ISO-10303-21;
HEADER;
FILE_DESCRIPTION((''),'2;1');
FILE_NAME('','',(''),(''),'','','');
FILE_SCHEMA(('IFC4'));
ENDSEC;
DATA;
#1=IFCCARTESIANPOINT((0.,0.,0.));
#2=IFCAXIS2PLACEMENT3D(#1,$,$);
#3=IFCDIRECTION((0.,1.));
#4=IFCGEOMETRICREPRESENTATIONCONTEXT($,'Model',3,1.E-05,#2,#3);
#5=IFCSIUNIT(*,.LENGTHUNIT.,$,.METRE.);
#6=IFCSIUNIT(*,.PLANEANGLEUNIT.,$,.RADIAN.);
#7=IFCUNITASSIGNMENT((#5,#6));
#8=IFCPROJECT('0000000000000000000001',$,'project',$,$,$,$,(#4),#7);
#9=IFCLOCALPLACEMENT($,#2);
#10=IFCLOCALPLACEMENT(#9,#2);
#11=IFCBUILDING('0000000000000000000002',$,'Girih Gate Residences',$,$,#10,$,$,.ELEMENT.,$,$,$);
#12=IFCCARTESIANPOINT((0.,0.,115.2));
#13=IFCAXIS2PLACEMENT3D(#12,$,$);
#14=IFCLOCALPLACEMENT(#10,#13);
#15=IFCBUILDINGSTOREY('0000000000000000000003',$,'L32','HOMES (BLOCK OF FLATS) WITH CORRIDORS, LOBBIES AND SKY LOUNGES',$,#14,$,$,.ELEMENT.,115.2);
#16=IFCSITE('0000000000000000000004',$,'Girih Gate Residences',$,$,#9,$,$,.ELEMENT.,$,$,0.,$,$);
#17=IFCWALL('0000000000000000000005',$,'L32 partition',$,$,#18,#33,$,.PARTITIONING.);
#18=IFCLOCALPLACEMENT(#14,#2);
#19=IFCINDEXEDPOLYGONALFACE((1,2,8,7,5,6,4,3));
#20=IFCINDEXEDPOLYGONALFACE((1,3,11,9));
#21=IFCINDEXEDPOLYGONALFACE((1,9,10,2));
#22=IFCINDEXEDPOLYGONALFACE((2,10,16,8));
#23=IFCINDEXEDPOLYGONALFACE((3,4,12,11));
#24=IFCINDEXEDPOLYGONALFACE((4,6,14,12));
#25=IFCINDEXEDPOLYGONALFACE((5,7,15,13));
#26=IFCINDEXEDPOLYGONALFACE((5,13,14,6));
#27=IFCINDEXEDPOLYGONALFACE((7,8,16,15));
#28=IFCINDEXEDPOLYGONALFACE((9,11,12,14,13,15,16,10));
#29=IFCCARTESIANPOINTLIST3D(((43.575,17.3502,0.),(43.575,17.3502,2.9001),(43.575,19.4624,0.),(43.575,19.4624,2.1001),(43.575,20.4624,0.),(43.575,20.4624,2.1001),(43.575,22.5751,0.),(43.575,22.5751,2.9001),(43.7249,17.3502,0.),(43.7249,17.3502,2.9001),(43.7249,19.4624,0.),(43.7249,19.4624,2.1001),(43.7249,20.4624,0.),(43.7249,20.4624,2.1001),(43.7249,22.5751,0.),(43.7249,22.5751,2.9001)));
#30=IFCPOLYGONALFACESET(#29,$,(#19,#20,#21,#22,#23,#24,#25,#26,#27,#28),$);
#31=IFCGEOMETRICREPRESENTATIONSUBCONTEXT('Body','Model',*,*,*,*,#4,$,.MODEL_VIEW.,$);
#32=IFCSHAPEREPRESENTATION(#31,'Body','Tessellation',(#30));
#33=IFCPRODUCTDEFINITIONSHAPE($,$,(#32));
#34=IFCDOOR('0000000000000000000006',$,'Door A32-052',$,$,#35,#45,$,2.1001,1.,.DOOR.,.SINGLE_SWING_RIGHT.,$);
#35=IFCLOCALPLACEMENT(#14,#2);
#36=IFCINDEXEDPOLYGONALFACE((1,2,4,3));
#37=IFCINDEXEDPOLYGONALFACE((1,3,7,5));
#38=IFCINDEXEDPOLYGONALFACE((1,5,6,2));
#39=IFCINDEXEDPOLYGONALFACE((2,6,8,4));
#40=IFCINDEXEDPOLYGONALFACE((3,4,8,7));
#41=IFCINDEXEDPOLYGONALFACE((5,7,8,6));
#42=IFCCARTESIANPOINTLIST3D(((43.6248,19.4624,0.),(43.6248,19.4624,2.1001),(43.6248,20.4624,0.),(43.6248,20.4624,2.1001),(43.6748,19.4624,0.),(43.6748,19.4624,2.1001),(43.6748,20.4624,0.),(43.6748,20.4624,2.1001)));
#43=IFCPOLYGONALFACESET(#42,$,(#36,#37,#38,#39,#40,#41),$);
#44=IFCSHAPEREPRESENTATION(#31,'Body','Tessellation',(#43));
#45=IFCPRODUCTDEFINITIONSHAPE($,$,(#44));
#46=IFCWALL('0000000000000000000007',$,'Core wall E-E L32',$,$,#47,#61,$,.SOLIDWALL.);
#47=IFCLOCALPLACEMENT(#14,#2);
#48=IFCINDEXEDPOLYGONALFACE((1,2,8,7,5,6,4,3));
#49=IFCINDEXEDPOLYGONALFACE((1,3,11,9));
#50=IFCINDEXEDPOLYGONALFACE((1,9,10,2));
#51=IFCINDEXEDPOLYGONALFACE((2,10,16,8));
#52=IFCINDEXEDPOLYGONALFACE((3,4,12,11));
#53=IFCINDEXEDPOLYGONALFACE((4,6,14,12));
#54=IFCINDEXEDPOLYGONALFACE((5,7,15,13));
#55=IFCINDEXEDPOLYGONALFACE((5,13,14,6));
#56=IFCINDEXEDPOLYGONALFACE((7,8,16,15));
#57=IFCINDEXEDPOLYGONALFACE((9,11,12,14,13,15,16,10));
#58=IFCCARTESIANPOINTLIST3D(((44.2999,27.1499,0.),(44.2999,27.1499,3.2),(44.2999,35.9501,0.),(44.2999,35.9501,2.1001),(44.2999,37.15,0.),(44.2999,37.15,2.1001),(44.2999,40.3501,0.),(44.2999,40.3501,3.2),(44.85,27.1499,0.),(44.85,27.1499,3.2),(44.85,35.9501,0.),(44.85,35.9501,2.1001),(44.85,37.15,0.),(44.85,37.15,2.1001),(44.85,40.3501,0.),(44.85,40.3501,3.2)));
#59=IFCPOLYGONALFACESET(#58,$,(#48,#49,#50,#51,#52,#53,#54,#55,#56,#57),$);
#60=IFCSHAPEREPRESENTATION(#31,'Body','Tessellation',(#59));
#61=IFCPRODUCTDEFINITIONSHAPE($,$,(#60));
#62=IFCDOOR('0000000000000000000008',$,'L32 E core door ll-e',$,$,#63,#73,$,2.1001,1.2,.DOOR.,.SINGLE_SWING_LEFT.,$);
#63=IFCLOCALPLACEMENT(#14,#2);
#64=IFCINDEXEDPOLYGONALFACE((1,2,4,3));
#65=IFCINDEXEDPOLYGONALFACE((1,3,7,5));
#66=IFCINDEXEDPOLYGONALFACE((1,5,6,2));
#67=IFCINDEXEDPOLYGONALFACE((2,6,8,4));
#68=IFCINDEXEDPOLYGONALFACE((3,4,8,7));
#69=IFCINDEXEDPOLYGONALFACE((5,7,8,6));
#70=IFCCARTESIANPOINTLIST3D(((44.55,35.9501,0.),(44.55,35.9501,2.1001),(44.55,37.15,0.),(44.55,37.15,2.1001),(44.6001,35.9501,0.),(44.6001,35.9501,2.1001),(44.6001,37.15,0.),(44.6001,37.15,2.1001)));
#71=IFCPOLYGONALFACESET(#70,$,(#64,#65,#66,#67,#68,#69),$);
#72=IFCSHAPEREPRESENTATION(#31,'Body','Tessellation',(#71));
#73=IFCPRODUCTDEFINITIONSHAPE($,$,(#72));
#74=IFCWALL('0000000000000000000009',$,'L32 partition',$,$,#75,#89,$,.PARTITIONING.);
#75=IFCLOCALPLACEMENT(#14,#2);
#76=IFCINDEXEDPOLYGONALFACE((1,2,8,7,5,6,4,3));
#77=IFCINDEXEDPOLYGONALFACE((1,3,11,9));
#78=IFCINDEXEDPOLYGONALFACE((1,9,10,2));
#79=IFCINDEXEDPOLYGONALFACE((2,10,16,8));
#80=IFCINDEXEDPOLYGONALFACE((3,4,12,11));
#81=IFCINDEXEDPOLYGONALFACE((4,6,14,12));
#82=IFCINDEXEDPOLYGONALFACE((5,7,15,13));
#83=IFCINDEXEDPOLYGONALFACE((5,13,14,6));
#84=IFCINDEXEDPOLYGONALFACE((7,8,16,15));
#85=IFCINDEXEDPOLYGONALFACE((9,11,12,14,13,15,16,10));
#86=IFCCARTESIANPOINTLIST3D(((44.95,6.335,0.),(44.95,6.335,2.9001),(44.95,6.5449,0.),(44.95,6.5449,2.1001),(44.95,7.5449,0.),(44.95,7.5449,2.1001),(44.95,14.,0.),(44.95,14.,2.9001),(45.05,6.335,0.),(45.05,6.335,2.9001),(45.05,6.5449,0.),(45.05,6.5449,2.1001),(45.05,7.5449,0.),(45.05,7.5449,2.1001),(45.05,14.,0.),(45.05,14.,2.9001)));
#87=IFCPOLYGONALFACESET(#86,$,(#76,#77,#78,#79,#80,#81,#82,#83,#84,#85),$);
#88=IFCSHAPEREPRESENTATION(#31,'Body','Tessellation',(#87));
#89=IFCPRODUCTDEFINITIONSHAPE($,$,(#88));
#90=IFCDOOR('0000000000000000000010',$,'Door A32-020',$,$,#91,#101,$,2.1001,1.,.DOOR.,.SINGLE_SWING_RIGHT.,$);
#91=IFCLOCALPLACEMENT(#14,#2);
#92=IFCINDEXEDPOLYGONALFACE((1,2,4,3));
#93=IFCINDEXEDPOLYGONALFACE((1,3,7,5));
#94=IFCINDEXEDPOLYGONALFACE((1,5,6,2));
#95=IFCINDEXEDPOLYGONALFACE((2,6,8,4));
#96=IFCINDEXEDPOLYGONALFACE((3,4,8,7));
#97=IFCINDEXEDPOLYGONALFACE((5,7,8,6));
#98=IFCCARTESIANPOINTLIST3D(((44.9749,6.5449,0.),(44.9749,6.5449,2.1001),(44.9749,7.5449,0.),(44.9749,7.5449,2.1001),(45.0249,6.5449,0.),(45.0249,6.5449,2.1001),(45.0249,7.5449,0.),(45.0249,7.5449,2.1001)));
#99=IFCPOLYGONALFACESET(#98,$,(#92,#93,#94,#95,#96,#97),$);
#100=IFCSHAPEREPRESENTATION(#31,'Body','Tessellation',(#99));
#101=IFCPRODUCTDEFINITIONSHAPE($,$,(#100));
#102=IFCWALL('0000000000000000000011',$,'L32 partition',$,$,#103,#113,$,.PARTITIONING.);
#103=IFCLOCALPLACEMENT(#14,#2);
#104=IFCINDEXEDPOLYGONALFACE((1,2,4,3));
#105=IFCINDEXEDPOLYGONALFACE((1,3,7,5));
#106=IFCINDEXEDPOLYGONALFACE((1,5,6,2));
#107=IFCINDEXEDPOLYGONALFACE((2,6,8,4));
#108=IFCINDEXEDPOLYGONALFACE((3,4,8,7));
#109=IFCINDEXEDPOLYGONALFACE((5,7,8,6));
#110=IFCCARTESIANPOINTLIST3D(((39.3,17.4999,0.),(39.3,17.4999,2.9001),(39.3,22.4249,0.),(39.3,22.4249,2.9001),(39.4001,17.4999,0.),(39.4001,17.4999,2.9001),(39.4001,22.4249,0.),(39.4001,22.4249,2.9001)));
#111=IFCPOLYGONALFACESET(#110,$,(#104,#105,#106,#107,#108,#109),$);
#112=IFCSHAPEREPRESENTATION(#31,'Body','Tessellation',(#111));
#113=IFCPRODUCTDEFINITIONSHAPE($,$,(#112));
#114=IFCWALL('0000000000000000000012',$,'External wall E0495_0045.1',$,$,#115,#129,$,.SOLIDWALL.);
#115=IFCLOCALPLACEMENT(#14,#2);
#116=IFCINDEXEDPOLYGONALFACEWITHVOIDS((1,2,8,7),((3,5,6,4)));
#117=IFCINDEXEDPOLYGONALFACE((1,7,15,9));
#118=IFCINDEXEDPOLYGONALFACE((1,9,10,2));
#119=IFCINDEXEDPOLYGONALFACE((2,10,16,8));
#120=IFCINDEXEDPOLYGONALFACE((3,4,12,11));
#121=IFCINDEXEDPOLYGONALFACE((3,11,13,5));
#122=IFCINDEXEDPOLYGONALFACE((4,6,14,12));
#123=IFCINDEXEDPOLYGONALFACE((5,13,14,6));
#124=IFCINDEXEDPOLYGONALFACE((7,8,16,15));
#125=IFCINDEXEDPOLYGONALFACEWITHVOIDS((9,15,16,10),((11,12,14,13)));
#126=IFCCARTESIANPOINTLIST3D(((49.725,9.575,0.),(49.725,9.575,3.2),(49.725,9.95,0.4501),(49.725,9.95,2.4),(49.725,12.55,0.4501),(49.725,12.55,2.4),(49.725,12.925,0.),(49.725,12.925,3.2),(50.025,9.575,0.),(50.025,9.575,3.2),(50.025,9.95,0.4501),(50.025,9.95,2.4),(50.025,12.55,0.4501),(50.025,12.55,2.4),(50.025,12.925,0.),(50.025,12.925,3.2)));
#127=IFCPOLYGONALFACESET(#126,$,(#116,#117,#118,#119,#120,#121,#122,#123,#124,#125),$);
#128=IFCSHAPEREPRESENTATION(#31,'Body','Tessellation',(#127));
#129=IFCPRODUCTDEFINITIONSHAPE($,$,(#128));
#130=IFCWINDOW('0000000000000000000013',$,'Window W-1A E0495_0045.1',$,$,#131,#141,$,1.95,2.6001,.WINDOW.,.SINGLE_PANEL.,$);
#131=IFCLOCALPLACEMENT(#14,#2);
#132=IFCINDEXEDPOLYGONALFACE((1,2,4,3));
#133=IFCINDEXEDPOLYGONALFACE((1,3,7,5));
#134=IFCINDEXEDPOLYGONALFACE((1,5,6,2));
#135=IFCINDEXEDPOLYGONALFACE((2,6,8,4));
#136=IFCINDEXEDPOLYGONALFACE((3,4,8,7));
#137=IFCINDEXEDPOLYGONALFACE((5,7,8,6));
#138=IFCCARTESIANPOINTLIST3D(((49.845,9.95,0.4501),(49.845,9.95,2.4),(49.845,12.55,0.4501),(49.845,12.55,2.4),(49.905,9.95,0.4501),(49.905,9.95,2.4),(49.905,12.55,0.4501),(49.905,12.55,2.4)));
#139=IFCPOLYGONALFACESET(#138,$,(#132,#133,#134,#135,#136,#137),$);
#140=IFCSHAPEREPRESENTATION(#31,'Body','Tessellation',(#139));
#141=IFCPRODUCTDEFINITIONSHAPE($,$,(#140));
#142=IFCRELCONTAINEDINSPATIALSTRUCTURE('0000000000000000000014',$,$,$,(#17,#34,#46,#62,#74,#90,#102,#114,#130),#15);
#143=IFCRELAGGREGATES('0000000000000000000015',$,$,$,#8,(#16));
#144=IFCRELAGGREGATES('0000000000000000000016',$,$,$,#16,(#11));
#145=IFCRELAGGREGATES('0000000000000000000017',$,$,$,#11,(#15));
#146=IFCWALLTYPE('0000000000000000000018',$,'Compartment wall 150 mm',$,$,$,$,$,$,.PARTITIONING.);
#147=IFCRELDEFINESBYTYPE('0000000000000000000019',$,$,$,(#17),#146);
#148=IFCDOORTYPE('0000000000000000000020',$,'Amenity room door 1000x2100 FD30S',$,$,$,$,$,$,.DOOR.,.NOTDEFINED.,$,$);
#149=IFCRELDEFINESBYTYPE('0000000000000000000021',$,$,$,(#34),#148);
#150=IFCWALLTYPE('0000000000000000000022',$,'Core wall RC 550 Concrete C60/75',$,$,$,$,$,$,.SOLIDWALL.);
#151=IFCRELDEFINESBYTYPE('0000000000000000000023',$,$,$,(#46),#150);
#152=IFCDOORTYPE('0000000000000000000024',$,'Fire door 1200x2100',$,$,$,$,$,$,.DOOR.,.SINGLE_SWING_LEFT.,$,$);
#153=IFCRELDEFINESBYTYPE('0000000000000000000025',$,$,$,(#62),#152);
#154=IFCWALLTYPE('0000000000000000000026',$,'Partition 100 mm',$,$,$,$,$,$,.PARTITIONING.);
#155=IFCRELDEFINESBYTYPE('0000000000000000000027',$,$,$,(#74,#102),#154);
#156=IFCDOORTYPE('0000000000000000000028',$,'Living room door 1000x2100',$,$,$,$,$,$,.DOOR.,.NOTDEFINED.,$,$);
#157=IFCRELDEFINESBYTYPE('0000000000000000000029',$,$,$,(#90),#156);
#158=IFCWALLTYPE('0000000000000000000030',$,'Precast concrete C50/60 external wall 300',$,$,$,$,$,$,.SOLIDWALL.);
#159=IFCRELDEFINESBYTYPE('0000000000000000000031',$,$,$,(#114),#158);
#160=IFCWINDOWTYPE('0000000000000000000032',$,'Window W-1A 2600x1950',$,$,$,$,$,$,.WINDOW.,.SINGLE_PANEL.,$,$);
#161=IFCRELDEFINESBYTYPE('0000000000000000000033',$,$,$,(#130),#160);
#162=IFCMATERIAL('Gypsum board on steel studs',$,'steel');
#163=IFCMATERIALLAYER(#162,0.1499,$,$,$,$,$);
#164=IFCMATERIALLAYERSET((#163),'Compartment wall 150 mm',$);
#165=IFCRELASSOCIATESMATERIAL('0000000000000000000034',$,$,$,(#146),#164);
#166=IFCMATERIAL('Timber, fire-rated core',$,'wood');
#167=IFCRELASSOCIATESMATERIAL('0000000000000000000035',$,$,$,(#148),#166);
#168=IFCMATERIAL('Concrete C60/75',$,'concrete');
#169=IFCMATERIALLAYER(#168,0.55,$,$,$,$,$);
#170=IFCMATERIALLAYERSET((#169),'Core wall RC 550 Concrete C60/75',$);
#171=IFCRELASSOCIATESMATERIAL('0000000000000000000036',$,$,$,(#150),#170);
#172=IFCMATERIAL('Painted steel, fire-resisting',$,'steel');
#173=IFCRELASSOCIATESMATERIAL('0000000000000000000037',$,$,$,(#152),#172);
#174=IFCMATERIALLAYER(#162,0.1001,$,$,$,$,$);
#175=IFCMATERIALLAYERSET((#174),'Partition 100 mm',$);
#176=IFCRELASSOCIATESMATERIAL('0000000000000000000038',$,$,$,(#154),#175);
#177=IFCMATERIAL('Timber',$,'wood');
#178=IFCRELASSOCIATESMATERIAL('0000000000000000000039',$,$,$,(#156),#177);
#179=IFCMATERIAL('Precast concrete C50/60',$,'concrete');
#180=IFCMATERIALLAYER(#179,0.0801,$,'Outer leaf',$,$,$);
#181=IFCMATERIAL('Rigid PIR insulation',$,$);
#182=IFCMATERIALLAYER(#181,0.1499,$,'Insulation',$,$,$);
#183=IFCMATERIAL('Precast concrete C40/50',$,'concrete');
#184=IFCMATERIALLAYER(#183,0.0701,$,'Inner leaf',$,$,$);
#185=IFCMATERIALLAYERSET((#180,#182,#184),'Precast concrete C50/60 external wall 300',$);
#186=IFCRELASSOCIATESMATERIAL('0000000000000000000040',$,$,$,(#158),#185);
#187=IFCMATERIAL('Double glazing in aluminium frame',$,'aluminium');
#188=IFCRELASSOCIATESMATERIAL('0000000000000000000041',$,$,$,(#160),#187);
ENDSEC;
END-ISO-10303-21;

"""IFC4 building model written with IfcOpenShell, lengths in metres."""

from ifc_helpers import new_model, si_unit, direction, frame, frame_2d, origin, place, context, subcontext, project, spatial, rectangle, extrude, material, layer, layer_set, type_object, element, fill, save


model = new_model("IFC4")

# Units and contexts
model_context = context("Model", 3, precision=1e-05, world=origin(), true_north=direction((0.0, 1.0)))
body_context = subcontext(model_context, "Body", "Model", "MODEL_VIEW")
ifc_project = project(units=[si_unit("LENGTHUNIT", "METRE"), si_unit("PLANEANGLEUNIT", "RADIAN")], contexts=[model_context])

# Site, building, storey
site_placement = place(None, origin())
site = spatial("IfcSite", under=ifc_project, at=site_placement, Name="Girih Gate Residences", CompositionType="ELEMENT", RefElevation=0.0)
building_placement = place(site_placement, origin())
building = spatial("IfcBuilding", under=site, at=building_placement, Name="Girih Gate Residences", CompositionType="ELEMENT")
storey_placement = place(building_placement, frame((0.0, 0.0, 115.2)))
storey = spatial("IfcBuildingStorey", under=building, at=storey_placement, Name="L32", Description="HOMES (BLOCK OF FLATS) WITH CORRIDORS, LOBBIES AND SKY LOUNGES", CompositionType="ELEMENT", Elevation=115.2)

# Shared definitions
ifc_material_1 = material(Name="Concrete C60/75", Category="concrete")

# Shared definitions
ifc_material_2 = material(Name="Gypsum board on steel studs", Category="steel")
ifc_layer_1 = layer(ifc_material_2, 0.1499)
ifc_layer_set_1 = layer_set([ifc_layer_1], Name="Compartment wall 150 mm")
wall_type_1 = type_object("IfcWallType", Name="Compartment wall 150 mm", PredefinedType="PARTITIONING", material=ifc_layer_set_1)

# Shared definitions
ifc_material_3 = material(Name="Timber, fire-rated core", Category="wood")

# Walls, openings, doors
wall_1_placement = place(storey_placement, frame((43.6499, 22.575, 0.0), z_axis=(0.0, 0.0, 1.0), x_axis=(0.0, -1.0, 0.0)))
wall_1 = element("IfcWall", 1, at=wall_1_placement, inside=storey, type_object=wall_type_1, Name="L32 partition", PredefinedType="PARTITIONING", context=body_context, shape_type="SweptSolid", body=[
    extrude(rectangle(XDim=5.2249, YDim=0.1499, at=frame_2d((2.6123, 0.0))), origin(), (0.0, 0.0, 1.0), 2.9001),
])
opening_1_placement = place(wall_1_placement, frame((2.1125, 0.0, 0.0)))
opening_1 = element("IfcOpeningElement", 2, at=opening_1_placement, cuts=wall_1, PredefinedType="OPENING", context=body_context, shape_type="SweptSolid", body=[
    extrude(rectangle(XDim=1.0, YDim=2.1001, at=frame_2d((0.5, 1.05))), frame((0.0, 0.085, 0.0), z_axis=(0.0, -1.0, 0.0), x_axis=(1.0, 0.0, 0.0)), (0.0, 0.0, 1.0), 0.1699),
])
door_type_1 = type_object("IfcDoorType", Name="Amenity room door 1000x2100 FD30S", OperationType="NOTDEFINED", PredefinedType="DOOR", material=ifc_material_3)
door_1_placement = place(opening_1_placement, origin())
door_1 = element("IfcDoor", 3, at=door_1_placement, inside=storey, type_object=door_type_1, Name="Door A32-052", OperationType="SINGLE_SWING_RIGHT", OverallHeight=2.1001, OverallWidth=1.0, PredefinedType="DOOR", context=body_context, shape_type="SweptSolid", body=[
    extrude(rectangle(XDim=1.0, YDim=2.1001, at=frame_2d((0.5, 1.05))), frame((0.0, 0.0249, 0.0), z_axis=(0.0, -1.0, 0.0), x_axis=(1.0, 0.0, 0.0)), (0.0, 0.0, 1.0), 0.05),
])
fill(opening_1, door_1)
ifc_layer_2 = layer(ifc_material_1, 0.55)
ifc_layer_set_2 = layer_set([ifc_layer_2], Name="Core wall RC 550 Concrete C60/75")
wall_type_2 = type_object("IfcWallType", Name="Core wall RC 550 Concrete C60/75", PredefinedType="SOLIDWALL", material=ifc_layer_set_2)
wall_2_placement = place(storey_placement, frame((44.575, 27.1499, 0.0), z_axis=(0.0, 0.0, 1.0), x_axis=(0.0, 1.0, 0.0)))
wall_2 = element("IfcWall", 4, at=wall_2_placement, inside=storey, type_object=wall_type_2, Name="Core wall E-E L32", PredefinedType="SOLIDWALL", context=body_context, shape_type="SweptSolid", body=[
    extrude(rectangle(XDim=13.2002, YDim=0.55, at=frame_2d((6.6001, 0.0))), origin(), (0.0, 0.0, 1.0), 3.2),
])
opening_2_placement = place(wall_2_placement, frame((8.8, 0.0, 0.0)))
opening_2 = element("IfcOpeningElement", 5, at=opening_2_placement, cuts=wall_2, PredefinedType="OPENING", context=body_context, shape_type="SweptSolid", body=[
    extrude(rectangle(XDim=1.2, YDim=2.1001, at=frame_2d((0.6001, 1.05))), frame((0.0, 0.2849, 0.0), z_axis=(0.0, -1.0, 0.0), x_axis=(1.0, 0.0, 0.0)), (0.0, 0.0, 1.0), 0.5701),
])
ifc_material_4 = material(Name="Painted steel, fire-resisting", Category="steel")
door_type_2 = type_object("IfcDoorType", Name="Fire door 1200x2100", OperationType="SINGLE_SWING_LEFT", PredefinedType="DOOR", material=ifc_material_4)
door_2_placement = place(opening_2_placement, origin())
door_2 = element("IfcDoor", 6, at=door_2_placement, inside=storey, type_object=door_type_2, Name="L32 E core door ll-e", OperationType="SINGLE_SWING_LEFT", OverallHeight=2.1001, OverallWidth=1.2, PredefinedType="DOOR", context=body_context, shape_type="SweptSolid", body=[
    extrude(rectangle(XDim=1.2, YDim=2.1001, at=frame_2d((0.6001, 1.05))), frame((0.0, 0.0249, 0.0), z_axis=(0.0, -1.0, 0.0), x_axis=(1.0, 0.0, 0.0)), (0.0, 0.0, 1.0), 0.05),
])
fill(opening_2, door_2)
ifc_layer_3 = layer(ifc_material_2, 0.1001)
ifc_layer_set_3 = layer_set([ifc_layer_3], Name="Partition 100 mm")
wall_type_3 = type_object("IfcWallType", Name="Partition 100 mm", PredefinedType="PARTITIONING", material=ifc_layer_set_3)
wall_3_placement = place(storey_placement, frame((45.0, 14.0, 0.0), z_axis=(0.0, 0.0, 1.0), x_axis=(0.0, -1.0, 0.0)))
wall_3 = element("IfcWall", 7, at=wall_3_placement, inside=storey, type_object=wall_type_3, Name="L32 partition", PredefinedType="PARTITIONING", context=body_context, shape_type="SweptSolid", body=[
    extrude(rectangle(XDim=7.665, YDim=0.1001, at=frame_2d((3.8325, 0.0))), origin(), (0.0, 0.0, 1.0), 2.9001),
])
opening_3_placement = place(wall_3_placement, frame((6.4551, 0.0, 0.0)))
opening_3 = element("IfcOpeningElement", 8, at=opening_3_placement, cuts=wall_3, PredefinedType="OPENING", context=body_context, shape_type="SweptSolid", body=[
    extrude(rectangle(XDim=1.0, YDim=2.1001, at=frame_2d((0.5, 1.05))), frame((0.0, 0.0601, 0.0), z_axis=(0.0, -1.0, 0.0), x_axis=(1.0, 0.0, 0.0)), (0.0, 0.0, 1.0), 0.1201),
])
ifc_material_5 = material(Name="Timber", Category="wood")
door_type_3 = type_object("IfcDoorType", Name="Living room door 1000x2100", OperationType="NOTDEFINED", PredefinedType="DOOR", material=ifc_material_5)
door_3_placement = place(opening_3_placement, origin())
door_3 = element("IfcDoor", 9, at=door_3_placement, inside=storey, type_object=door_type_3, Name="Door A32-020", OperationType="SINGLE_SWING_RIGHT", OverallHeight=2.1001, OverallWidth=1.0, PredefinedType="DOOR", context=body_context, shape_type="SweptSolid", body=[
    extrude(rectangle(XDim=1.0, YDim=2.1001, at=frame_2d((0.5, 1.05))), frame((0.0, 0.0249, 0.0), z_axis=(0.0, -1.0, 0.0), x_axis=(1.0, 0.0, 0.0)), (0.0, 0.0, 1.0), 0.05),
])
fill(opening_3, door_3)

# Wall
wall_4_placement = place(storey_placement, frame((39.3501, 17.5, 0.0), z_axis=(0.0, 0.0, 1.0), x_axis=(0.0, 1.0, 0.0)))
element("IfcWall", 10, at=wall_4_placement, inside=storey, type_object=wall_type_3, Name="L32 partition", PredefinedType="PARTITIONING", context=body_context, shape_type="SweptSolid", body=[
    extrude(rectangle(XDim=4.925, YDim=0.1001, at=frame_2d((2.4624, 0.0))), origin(), (0.0, 0.0, 1.0), 2.9001),
])

# Wall, opening, window
ifc_material_6 = material(Name="Precast concrete C50/60", Category="concrete")
ifc_layer_4 = layer(ifc_material_6, 0.0801, Name="Outer leaf")
ifc_material_7 = material(Name="Rigid PIR insulation")
ifc_layer_5 = layer(ifc_material_7, 0.1499, Name="Insulation")
ifc_material_8 = material(Name="Precast concrete C40/50", Category="concrete")
ifc_layer_6 = layer(ifc_material_8, 0.0701, Name="Inner leaf")
ifc_layer_set_4 = layer_set([ifc_layer_4, ifc_layer_5, ifc_layer_6], Name="Precast concrete C50/60 external wall 300")
wall_type_4 = type_object("IfcWallType", Name="Precast concrete C50/60 external wall 300", PredefinedType="SOLIDWALL", material=ifc_layer_set_4)
wall_5_placement = place(storey_placement, frame((49.875, 12.925, 0.0), z_axis=(0.0, 0.0, 1.0), x_axis=(0.0, -1.0, 0.0)))
wall_5 = element("IfcWall", 11, at=wall_5_placement, inside=storey, type_object=wall_type_4, Name="External wall E0495_0045.1", PredefinedType="SOLIDWALL", context=body_context, shape_type="SweptSolid", body=[
    extrude(rectangle(XDim=3.3501, YDim=0.3, at=frame_2d((1.675, 0.0))), origin(), (0.0, 0.0, 1.0), 3.2),
])
opening_4_placement = place(wall_5_placement, frame((0.375, 0.0, 0.45)))
opening_4 = element("IfcOpeningElement", 12, at=opening_4_placement, cuts=wall_5, PredefinedType="OPENING", context=body_context, shape_type="SweptSolid", body=[
    extrude(rectangle(XDim=2.6001, YDim=1.95, at=frame_2d((1.3, 0.9751))), frame((0.0, 0.1599, 0.0), z_axis=(0.0, -1.0, 0.0), x_axis=(1.0, 0.0, 0.0)), (0.0, 0.0, 1.0), 0.3201),
])
ifc_material_9 = material(Name="Double glazing in aluminium frame", Category="aluminium")
window_type = type_object("IfcWindowType", Name="Window W-1A 2600x1950", PartitioningType="SINGLE_PANEL", PredefinedType="WINDOW", material=ifc_material_9)
window_1_placement = place(opening_4_placement, origin())
window_1 = element("IfcWindow", 13, at=window_1_placement, inside=storey, type_object=window_type, Name="Window W-1A E0495_0045.1", OverallHeight=1.95, OverallWidth=2.6001, PartitioningType="SINGLE_PANEL", PredefinedType="WINDOW", context=body_context, shape_type="SweptSolid", body=[
    extrude(rectangle(XDim=2.6001, YDim=1.95, at=frame_2d((1.3, 0.9751))), frame((0.0, 0.03, 0.0), z_axis=(0.0, -1.0, 0.0), x_axis=(1.0, 0.0, 0.0)), (0.0, 0.0, 1.0), 0.0601),
])
fill(opening_4, window_1)

save(model, "model.ifc")
